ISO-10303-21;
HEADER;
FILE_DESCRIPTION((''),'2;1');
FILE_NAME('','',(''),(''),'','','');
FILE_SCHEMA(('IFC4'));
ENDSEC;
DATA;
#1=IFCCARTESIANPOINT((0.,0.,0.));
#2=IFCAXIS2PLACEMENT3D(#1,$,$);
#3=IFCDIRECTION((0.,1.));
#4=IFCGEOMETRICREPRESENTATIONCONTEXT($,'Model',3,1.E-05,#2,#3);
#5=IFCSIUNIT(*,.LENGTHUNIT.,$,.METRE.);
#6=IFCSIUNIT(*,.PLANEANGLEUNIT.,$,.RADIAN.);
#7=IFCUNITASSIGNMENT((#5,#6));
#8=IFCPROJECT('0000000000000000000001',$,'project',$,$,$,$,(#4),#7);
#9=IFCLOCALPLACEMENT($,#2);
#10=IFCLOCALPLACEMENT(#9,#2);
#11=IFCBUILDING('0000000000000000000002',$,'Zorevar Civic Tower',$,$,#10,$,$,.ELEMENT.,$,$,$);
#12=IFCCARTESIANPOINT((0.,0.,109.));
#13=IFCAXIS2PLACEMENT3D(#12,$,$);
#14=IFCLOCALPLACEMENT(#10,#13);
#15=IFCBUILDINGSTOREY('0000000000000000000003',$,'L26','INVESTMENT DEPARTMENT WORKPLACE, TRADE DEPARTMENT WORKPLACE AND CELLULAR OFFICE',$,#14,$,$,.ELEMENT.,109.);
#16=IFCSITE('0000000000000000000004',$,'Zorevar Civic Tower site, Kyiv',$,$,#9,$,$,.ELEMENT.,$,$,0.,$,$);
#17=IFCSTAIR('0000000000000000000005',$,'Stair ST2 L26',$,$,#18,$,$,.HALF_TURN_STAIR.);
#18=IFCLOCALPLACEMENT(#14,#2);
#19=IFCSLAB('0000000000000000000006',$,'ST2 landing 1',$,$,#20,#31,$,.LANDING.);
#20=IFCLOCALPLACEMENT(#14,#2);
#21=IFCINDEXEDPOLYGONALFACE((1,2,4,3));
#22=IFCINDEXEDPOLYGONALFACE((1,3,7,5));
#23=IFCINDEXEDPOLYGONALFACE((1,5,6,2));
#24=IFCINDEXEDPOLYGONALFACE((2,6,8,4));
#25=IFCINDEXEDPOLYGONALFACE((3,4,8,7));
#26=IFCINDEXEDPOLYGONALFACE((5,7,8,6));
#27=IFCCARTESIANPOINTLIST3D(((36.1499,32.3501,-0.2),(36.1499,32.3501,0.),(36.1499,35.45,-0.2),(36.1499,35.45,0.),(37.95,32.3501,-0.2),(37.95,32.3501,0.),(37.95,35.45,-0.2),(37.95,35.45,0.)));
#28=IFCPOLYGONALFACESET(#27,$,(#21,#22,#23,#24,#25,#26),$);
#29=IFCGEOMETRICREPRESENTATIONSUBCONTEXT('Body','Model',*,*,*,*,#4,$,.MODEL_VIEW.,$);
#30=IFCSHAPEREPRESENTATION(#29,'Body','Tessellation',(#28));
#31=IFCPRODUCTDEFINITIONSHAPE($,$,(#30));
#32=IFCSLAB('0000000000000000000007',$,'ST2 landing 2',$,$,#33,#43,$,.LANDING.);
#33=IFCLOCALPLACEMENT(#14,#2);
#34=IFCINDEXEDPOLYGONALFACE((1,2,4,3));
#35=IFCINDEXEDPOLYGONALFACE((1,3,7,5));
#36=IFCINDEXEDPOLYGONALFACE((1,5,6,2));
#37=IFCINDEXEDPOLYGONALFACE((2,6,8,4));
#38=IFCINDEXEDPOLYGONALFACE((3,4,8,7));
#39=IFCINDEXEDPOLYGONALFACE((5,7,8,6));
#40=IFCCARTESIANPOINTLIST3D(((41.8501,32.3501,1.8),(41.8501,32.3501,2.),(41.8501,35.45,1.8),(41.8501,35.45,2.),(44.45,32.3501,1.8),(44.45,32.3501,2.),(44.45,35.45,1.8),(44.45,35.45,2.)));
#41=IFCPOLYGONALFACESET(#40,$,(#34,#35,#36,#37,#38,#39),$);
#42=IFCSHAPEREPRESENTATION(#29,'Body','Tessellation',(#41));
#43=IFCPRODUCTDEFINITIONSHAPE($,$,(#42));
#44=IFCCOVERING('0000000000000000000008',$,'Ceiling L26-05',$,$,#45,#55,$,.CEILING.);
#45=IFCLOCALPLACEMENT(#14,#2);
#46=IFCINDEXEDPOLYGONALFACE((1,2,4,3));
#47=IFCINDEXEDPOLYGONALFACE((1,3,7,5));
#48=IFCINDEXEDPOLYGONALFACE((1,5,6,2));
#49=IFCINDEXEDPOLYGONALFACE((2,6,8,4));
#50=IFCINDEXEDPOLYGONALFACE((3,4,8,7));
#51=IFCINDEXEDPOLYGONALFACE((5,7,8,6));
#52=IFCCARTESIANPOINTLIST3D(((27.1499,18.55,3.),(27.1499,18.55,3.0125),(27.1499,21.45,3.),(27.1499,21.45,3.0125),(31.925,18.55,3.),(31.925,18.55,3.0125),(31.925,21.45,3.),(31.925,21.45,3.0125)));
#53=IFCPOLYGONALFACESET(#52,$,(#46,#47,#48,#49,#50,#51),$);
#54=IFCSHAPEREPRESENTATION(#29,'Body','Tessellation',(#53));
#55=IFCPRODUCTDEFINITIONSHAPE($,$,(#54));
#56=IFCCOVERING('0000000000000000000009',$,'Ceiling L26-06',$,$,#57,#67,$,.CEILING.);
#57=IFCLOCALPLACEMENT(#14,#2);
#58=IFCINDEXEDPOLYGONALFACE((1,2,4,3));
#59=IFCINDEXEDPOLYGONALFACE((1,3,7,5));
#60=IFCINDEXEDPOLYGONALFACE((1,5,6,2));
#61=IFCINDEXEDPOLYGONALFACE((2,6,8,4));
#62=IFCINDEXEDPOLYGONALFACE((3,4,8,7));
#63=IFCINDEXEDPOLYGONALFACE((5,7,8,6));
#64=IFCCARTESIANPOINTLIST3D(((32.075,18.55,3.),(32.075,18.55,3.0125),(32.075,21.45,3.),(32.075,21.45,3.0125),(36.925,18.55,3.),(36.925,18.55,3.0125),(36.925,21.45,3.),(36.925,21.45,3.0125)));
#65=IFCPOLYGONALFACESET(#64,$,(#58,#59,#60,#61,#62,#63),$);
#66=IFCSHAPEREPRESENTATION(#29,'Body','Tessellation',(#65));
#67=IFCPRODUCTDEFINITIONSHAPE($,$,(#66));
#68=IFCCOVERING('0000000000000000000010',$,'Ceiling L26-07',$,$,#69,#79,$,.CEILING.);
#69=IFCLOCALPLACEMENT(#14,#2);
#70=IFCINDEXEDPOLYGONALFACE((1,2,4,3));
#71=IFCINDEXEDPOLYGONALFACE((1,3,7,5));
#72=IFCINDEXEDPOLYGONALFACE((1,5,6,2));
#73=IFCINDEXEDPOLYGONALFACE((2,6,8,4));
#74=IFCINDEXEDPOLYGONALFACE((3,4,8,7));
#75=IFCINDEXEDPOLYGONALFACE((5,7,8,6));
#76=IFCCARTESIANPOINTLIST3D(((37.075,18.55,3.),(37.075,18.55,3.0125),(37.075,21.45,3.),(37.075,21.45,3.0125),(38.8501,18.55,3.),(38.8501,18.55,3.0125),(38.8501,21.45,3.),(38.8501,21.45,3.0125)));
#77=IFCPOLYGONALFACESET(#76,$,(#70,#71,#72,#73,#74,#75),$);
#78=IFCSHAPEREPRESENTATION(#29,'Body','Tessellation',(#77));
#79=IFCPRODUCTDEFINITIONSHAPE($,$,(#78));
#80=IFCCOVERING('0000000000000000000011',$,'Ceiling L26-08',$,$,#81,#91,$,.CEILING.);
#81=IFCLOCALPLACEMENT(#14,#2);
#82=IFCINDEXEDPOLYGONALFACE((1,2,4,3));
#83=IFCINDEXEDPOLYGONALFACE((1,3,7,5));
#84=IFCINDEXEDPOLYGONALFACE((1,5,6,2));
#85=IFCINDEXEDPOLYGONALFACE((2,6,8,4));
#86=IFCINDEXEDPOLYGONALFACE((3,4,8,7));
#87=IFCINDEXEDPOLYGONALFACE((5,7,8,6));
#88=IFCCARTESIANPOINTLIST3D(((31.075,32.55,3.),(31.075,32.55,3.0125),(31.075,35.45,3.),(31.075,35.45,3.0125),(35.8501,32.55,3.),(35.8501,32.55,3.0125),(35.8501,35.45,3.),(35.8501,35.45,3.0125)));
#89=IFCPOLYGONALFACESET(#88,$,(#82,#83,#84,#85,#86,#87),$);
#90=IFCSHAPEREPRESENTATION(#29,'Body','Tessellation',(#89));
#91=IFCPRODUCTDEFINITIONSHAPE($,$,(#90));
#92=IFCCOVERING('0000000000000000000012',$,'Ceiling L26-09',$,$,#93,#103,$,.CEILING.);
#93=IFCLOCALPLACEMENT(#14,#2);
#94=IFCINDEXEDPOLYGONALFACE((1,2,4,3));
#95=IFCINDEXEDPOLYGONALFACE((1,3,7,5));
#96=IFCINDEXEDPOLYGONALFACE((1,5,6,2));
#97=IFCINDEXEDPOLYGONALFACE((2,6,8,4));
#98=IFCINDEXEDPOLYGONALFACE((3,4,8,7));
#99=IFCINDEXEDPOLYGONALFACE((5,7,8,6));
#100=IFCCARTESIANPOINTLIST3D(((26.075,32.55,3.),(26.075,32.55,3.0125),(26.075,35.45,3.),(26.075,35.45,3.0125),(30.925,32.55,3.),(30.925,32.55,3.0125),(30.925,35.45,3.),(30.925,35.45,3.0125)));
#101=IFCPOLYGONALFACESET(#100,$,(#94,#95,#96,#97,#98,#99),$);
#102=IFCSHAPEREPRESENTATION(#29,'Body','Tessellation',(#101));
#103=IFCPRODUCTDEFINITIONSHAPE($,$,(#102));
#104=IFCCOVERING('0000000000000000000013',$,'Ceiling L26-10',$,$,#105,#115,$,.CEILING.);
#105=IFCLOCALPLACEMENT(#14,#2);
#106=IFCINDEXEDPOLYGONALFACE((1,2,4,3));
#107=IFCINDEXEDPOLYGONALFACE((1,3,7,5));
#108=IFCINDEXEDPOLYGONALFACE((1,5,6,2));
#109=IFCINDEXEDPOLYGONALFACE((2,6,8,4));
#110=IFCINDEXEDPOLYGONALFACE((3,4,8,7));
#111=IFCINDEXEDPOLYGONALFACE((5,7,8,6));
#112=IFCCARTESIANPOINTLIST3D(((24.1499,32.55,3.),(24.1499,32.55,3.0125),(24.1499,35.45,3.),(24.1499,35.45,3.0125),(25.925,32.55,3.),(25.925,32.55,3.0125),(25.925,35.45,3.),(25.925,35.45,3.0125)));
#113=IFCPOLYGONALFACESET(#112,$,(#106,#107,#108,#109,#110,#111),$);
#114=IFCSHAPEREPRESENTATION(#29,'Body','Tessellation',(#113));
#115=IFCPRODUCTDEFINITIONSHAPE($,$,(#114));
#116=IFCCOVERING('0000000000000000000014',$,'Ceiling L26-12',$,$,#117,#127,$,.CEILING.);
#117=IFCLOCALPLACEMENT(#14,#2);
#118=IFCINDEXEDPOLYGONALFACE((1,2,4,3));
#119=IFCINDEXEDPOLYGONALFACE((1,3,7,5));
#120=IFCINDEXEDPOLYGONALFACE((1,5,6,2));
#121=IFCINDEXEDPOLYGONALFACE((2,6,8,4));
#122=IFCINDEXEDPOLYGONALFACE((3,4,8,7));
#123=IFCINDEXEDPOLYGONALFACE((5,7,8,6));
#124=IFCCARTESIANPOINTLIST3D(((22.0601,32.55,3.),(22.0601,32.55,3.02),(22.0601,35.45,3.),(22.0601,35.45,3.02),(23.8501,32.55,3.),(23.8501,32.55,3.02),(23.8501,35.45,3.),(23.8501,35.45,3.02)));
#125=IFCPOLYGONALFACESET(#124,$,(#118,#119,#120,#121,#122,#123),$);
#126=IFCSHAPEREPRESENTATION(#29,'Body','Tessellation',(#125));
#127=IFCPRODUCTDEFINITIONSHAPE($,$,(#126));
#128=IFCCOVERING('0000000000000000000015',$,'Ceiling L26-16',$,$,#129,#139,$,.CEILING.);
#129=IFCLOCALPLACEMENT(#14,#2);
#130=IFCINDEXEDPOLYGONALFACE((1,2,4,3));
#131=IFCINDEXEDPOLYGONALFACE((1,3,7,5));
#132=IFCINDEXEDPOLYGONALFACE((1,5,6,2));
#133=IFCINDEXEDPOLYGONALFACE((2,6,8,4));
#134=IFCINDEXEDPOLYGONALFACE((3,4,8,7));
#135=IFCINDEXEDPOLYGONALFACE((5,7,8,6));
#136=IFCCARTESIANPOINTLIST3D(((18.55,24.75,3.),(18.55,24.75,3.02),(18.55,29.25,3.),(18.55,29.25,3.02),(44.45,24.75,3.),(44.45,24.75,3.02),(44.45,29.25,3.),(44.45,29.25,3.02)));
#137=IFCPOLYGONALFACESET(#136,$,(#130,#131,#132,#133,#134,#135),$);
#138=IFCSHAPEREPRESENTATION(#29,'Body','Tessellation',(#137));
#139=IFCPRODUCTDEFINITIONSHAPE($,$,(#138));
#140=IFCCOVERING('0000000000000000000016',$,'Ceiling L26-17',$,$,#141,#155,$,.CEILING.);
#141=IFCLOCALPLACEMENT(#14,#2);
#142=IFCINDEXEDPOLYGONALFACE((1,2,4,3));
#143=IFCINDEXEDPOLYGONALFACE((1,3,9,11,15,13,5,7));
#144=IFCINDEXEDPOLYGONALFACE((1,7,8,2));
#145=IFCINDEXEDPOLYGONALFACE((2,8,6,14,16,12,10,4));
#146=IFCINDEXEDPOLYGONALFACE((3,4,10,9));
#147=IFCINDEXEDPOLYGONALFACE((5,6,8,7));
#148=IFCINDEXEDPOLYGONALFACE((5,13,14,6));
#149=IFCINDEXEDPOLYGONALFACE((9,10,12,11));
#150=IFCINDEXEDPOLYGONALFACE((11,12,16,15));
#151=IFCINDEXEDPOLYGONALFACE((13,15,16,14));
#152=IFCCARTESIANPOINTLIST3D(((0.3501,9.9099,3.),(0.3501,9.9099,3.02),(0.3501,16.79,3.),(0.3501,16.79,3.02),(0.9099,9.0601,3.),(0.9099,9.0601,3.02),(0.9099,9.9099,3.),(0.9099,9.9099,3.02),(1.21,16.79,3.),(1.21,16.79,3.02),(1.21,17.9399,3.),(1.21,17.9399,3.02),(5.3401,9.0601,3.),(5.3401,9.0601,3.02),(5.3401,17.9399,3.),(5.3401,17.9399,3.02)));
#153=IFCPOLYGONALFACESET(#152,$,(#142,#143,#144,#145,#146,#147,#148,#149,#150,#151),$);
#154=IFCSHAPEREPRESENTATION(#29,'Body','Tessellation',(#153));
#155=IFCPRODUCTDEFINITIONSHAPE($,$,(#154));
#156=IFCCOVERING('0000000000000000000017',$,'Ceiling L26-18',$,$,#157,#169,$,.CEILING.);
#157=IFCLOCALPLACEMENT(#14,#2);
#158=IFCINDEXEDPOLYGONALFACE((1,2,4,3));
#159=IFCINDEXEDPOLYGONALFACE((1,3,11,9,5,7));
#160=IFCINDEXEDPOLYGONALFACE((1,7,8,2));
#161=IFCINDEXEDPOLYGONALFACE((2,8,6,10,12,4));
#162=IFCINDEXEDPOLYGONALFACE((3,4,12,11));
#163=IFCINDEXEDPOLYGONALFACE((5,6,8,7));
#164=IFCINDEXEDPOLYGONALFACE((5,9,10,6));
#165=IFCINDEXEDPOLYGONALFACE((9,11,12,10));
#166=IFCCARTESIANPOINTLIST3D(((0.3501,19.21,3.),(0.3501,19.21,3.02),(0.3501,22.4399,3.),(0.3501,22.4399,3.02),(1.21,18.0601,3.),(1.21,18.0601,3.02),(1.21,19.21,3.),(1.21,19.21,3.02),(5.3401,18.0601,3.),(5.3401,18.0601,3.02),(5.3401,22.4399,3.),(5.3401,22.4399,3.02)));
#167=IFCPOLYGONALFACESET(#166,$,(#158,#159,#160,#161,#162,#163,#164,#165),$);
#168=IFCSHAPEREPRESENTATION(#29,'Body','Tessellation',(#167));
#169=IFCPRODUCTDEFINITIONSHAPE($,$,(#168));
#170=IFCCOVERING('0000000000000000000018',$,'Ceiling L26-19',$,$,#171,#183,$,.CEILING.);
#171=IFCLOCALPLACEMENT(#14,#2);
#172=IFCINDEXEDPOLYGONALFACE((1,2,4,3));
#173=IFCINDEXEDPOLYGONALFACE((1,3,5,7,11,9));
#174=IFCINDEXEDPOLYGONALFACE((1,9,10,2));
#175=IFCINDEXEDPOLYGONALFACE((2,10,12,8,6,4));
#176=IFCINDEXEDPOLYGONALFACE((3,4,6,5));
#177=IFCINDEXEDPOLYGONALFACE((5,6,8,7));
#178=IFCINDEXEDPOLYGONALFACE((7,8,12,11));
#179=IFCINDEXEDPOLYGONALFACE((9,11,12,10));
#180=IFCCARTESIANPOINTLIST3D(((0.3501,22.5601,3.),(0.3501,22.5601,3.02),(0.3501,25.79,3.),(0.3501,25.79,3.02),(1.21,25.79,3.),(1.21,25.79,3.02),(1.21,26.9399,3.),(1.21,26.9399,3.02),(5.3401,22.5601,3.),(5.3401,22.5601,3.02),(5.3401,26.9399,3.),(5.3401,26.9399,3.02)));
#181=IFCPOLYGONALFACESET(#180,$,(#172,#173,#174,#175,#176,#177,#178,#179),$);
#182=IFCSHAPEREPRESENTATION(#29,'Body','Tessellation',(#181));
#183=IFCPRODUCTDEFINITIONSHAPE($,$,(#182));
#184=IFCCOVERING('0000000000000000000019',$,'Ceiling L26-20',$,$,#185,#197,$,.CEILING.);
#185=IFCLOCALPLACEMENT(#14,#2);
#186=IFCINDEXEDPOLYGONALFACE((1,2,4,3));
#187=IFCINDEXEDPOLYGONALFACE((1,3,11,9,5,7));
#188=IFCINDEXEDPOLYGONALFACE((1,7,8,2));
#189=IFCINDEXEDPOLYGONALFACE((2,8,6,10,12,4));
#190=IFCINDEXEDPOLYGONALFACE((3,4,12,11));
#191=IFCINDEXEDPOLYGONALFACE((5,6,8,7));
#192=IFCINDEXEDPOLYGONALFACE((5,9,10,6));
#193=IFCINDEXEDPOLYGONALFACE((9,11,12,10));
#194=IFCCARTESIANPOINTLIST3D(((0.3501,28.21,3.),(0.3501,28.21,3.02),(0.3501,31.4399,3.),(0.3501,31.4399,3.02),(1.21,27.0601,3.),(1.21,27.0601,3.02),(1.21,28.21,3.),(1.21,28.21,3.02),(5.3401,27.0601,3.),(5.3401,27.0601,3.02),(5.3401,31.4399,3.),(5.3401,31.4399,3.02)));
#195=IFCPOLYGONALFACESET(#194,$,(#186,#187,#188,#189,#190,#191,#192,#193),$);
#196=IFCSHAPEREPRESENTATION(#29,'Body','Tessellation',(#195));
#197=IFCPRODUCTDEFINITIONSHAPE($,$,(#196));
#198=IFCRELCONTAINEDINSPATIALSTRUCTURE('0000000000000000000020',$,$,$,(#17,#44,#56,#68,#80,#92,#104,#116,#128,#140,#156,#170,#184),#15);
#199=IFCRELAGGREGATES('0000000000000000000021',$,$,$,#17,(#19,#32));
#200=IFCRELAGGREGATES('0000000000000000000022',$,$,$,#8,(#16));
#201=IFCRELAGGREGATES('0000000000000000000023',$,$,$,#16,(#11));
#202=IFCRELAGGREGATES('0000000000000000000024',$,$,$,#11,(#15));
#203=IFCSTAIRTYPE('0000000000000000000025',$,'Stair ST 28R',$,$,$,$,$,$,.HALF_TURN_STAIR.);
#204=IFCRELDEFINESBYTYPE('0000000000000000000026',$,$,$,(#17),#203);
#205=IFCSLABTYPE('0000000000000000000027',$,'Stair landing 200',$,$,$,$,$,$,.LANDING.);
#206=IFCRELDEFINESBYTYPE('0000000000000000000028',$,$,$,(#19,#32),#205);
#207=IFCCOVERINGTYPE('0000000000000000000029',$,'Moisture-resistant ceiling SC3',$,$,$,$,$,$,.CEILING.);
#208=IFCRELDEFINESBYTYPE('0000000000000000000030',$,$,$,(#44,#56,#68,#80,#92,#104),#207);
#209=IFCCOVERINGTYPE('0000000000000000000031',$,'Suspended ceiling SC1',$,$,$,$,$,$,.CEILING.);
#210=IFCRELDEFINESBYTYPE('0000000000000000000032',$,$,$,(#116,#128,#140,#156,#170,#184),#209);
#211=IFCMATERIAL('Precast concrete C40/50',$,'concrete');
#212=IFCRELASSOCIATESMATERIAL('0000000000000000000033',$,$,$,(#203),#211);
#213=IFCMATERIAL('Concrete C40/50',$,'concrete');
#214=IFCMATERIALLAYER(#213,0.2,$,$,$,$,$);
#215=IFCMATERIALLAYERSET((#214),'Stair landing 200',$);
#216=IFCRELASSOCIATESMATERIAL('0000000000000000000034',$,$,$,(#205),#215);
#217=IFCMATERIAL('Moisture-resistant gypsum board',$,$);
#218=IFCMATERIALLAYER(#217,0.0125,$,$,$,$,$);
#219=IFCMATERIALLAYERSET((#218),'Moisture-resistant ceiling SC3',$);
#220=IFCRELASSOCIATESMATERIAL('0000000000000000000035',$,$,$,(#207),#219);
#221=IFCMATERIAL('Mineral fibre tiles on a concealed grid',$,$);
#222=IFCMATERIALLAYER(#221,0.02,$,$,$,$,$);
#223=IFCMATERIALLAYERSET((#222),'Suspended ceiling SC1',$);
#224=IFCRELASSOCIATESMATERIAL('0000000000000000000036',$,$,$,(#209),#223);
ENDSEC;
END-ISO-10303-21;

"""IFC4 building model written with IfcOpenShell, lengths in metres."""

from ifc_helpers import new_model, si_unit, direction, frame, origin, place, context, subcontext, project, spatial, polyline, outline, extrude, material, layer, layer_set, type_object, element, aggregate, save


model = new_model("IFC4")

# Units and contexts
model_context = context("Model", 3, precision=1e-05, world=origin(), true_north=direction((0.0, 1.0)))
body_context = subcontext(model_context, "Body", "Model", "MODEL_VIEW")
ifc_project = project(units=[si_unit("LENGTHUNIT", "METRE"), si_unit("PLANEANGLEUNIT", "RADIAN")], contexts=[model_context])

# Site, building, storey
site_placement = place(None, origin())
site = spatial("IfcSite", under=ifc_project, at=site_placement, Name="Zorevar Civic Tower site, Kyiv", CompositionType="ELEMENT", RefElevation=0.0)
building_placement = place(site_placement, origin())
building = spatial("IfcBuilding", under=site, at=building_placement, Name="Zorevar Civic Tower", CompositionType="ELEMENT")
storey_placement = place(building_placement, frame((0.0, 0.0, 109.0)))
storey = spatial("IfcBuildingStorey", under=building, at=storey_placement, Name="L26", Description="INVESTMENT DEPARTMENT WORKPLACE, TRADE DEPARTMENT WORKPLACE AND CELLULAR OFFICE", CompositionType="ELEMENT", Elevation=109.0)

# Stair, slabs
ifc_material_1 = material(Name="Precast concrete C40/50", Category="concrete")
stair_type = type_object("IfcStairType", Name="Stair ST 28R", PredefinedType="HALF_TURN_STAIR", material=ifc_material_1)
ifc_material_2 = material(Name="Concrete C40/50", Category="concrete")
ifc_layer_1 = layer(ifc_material_2, 0.2)
ifc_layer_set_1 = layer_set([ifc_layer_1], Name="Stair landing 200")
slab_type_1 = type_object("IfcSlabType", Name="Stair landing 200", PredefinedType="LANDING", material=ifc_layer_set_1)
stair_1_placement = place(storey_placement, origin())
stair_1 = element("IfcStair", 1, at=stair_1_placement, inside=storey, type_object=stair_type, Name="Stair ST2 L26", PredefinedType="HALF_TURN_STAIR")
slab_1_placement = place(storey_placement, frame((0.0, 0.0, -0.2)))
slab_1 = element("IfcSlab", 2, at=slab_1_placement, type_object=slab_type_1, Name="ST2 landing 1", PredefinedType="LANDING", context=body_context, shape_type="SweptSolid", body=[
    extrude(outline(polyline([(37.95, 32.3501), (36.1499, 32.3501), (36.1499, 35.45), (37.95, 35.45), (37.95, 32.3501)])), origin(), (0.0, 0.0, 1.0), 0.2),
])
slab_2_placement = place(storey_placement, frame((0.0, 0.0, 1.8)))
slab_2 = element("IfcSlab", 3, at=slab_2_placement, type_object=slab_type_1, Name="ST2 landing 2", PredefinedType="LANDING", context=body_context, shape_type="SweptSolid", body=[
    extrude(outline(polyline([(44.45, 32.3501), (41.8501, 32.3501), (41.8501, 35.45), (44.45, 35.45), (44.45, 32.3501)])), origin(), (0.0, 0.0, 1.0), 0.2),
])
aggregate(stair_1, [slab_1, slab_2])

# Coverings
ifc_material_3 = material(Name="Moisture-resistant gypsum board")
ifc_layer_2 = layer(ifc_material_3, 0.0125)
ifc_layer_set_2 = layer_set([ifc_layer_2], Name="Moisture-resistant ceiling SC3")
covering_type_1 = type_object("IfcCoveringType", Name="Moisture-resistant ceiling SC3", PredefinedType="CEILING", material=ifc_layer_set_2)
covering_1_placement = place(storey_placement, frame((0.0, 0.0, 3.0)))
element("IfcCovering", 4, at=covering_1_placement, inside=storey, type_object=covering_type_1, Name="Ceiling L26-05", PredefinedType="CEILING", context=body_context, shape_type="SweptSolid", body=[
    extrude(outline(polyline([(31.925, 18.55), (31.925, 21.45), (27.1499, 21.45), (27.1499, 18.55), (31.925, 18.55)])), origin(), (0.0, 0.0, 1.0), 0.0125),
])
covering_2_placement = place(storey_placement, frame((0.0, 0.0, 3.0)))
element("IfcCovering", 5, at=covering_2_placement, inside=storey, type_object=covering_type_1, Name="Ceiling L26-06", PredefinedType="CEILING", context=body_context, shape_type="SweptSolid", body=[
    extrude(outline(polyline([(36.925, 18.55), (36.925, 21.45), (32.075, 21.45), (32.075, 18.55), (36.925, 18.55)])), origin(), (0.0, 0.0, 1.0), 0.0125),
])
covering_3_placement = place(storey_placement, frame((0.0, 0.0, 3.0)))
element("IfcCovering", 6, at=covering_3_placement, inside=storey, type_object=covering_type_1, Name="Ceiling L26-07", PredefinedType="CEILING", context=body_context, shape_type="SweptSolid", body=[
    extrude(outline(polyline([(38.8501, 18.55), (38.8501, 21.45), (37.075, 21.45), (37.075, 18.55), (38.8501, 18.55)])), origin(), (0.0, 0.0, 1.0), 0.0125),
])
covering_4_placement = place(storey_placement, frame((0.0, 0.0, 3.0)))
element("IfcCovering", 7, at=covering_4_placement, inside=storey, type_object=covering_type_1, Name="Ceiling L26-08", PredefinedType="CEILING", context=body_context, shape_type="SweptSolid", body=[
    extrude(outline(polyline([(35.8501, 32.55), (35.8501, 35.45), (31.075, 35.45), (31.075, 32.55), (35.8501, 32.55)])), origin(), (0.0, 0.0, 1.0), 0.0125),
])
covering_5_placement = place(storey_placement, frame((0.0, 0.0, 3.0)))
element("IfcCovering", 8, at=covering_5_placement, inside=storey, type_object=covering_type_1, Name="Ceiling L26-09", PredefinedType="CEILING", context=body_context, shape_type="SweptSolid", body=[
    extrude(outline(polyline([(30.925, 32.55), (30.925, 35.45), (26.075, 35.45), (26.075, 32.55), (30.925, 32.55)])), origin(), (0.0, 0.0, 1.0), 0.0125),
])
covering_6_placement = place(storey_placement, frame((0.0, 0.0, 3.0)))
element("IfcCovering", 9, at=covering_6_placement, inside=storey, type_object=covering_type_1, Name="Ceiling L26-10", PredefinedType="CEILING", context=body_context, shape_type="SweptSolid", body=[
    extrude(outline(polyline([(25.925, 32.55), (25.925, 35.45), (24.1499, 35.45), (24.1499, 32.55), (25.925, 32.55)])), origin(), (0.0, 0.0, 1.0), 0.0125),
])
ifc_material_4 = material(Name="Mineral fibre tiles on a concealed grid")
ifc_layer_3 = layer(ifc_material_4, 0.02)
ifc_layer_set_3 = layer_set([ifc_layer_3], Name="Suspended ceiling SC1")
covering_type_2 = type_object("IfcCoveringType", Name="Suspended ceiling SC1", PredefinedType="CEILING", material=ifc_layer_set_3)
covering_7_placement = place(storey_placement, frame((0.0, 0.0, 3.0)))
element("IfcCovering", 10, at=covering_7_placement, inside=storey, type_object=covering_type_2, Name="Ceiling L26-12", PredefinedType="CEILING", context=body_context, shape_type="SweptSolid", body=[
    extrude(outline(polyline([(23.8501, 32.55), (23.8501, 35.45), (22.0601, 35.45), (22.0601, 32.55), (23.8501, 32.55)])), origin(), (0.0, 0.0, 1.0), 0.02),
])
covering_8_placement = place(storey_placement, frame((0.0, 0.0, 3.0)))
element("IfcCovering", 11, at=covering_8_placement, inside=storey, type_object=covering_type_2, Name="Ceiling L26-16", PredefinedType="CEILING", context=body_context, shape_type="SweptSolid", body=[
    extrude(outline(polyline([(44.45, 24.75), (44.45, 29.25), (18.55, 29.25), (18.55, 24.75), (44.45, 24.75)])), origin(), (0.0, 0.0, 1.0), 0.02),
])
covering_9_placement = place(storey_placement, frame((0.0, 0.0, 3.0)))
element("IfcCovering", 12, at=covering_9_placement, inside=storey, type_object=covering_type_2, Name="Ceiling L26-17", PredefinedType="CEILING", context=body_context, shape_type="SweptSolid", body=[
    extrude(outline(polyline([(0.9099, 9.9099), (0.3501, 9.9099), (0.3501, 16.79), (1.21, 16.79), (1.21, 17.9399), (5.3401, 17.9399), (5.3401, 9.0601), (0.9099, 9.0601), (0.9099, 9.9099)])), origin(), (0.0, 0.0, 1.0), 0.02),
])
covering_10_placement = place(storey_placement, frame((0.0, 0.0, 3.0)))
element("IfcCovering", 13, at=covering_10_placement, inside=storey, type_object=covering_type_2, Name="Ceiling L26-18", PredefinedType="CEILING", context=body_context, shape_type="SweptSolid", body=[
    extrude(outline(polyline([(5.3401, 18.0601), (1.21, 18.0601), (1.21, 19.21), (0.3501, 19.21), (0.3501, 22.4399), (5.3401, 22.4399), (5.3401, 18.0601)])), origin(), (0.0, 0.0, 1.0), 0.02),
])
covering_11_placement = place(storey_placement, frame((0.0, 0.0, 3.0)))
element("IfcCovering", 14, at=covering_11_placement, inside=storey, type_object=covering_type_2, Name="Ceiling L26-19", PredefinedType="CEILING", context=body_context, shape_type="SweptSolid", body=[
    extrude(outline(polyline([(5.3401, 22.5601), (0.3501, 22.5601), (0.3501, 25.79), (1.21, 25.79), (1.21, 26.9399), (5.3401, 26.9399), (5.3401, 22.5601)])), origin(), (0.0, 0.0, 1.0), 0.02),
])
covering_12_placement = place(storey_placement, frame((0.0, 0.0, 3.0)))
element("IfcCovering", 15, at=covering_12_placement, inside=storey, type_object=covering_type_2, Name="Ceiling L26-20", PredefinedType="CEILING", context=body_context, shape_type="SweptSolid", body=[
    extrude(outline(polyline([(5.3401, 27.0601), (1.21, 27.0601), (1.21, 28.21), (0.3501, 28.21), (0.3501, 31.4399), (5.3401, 31.4399), (5.3401, 27.0601)])), origin(), (0.0, 0.0, 1.0), 0.02),
])

save(model, "model.ifc")
